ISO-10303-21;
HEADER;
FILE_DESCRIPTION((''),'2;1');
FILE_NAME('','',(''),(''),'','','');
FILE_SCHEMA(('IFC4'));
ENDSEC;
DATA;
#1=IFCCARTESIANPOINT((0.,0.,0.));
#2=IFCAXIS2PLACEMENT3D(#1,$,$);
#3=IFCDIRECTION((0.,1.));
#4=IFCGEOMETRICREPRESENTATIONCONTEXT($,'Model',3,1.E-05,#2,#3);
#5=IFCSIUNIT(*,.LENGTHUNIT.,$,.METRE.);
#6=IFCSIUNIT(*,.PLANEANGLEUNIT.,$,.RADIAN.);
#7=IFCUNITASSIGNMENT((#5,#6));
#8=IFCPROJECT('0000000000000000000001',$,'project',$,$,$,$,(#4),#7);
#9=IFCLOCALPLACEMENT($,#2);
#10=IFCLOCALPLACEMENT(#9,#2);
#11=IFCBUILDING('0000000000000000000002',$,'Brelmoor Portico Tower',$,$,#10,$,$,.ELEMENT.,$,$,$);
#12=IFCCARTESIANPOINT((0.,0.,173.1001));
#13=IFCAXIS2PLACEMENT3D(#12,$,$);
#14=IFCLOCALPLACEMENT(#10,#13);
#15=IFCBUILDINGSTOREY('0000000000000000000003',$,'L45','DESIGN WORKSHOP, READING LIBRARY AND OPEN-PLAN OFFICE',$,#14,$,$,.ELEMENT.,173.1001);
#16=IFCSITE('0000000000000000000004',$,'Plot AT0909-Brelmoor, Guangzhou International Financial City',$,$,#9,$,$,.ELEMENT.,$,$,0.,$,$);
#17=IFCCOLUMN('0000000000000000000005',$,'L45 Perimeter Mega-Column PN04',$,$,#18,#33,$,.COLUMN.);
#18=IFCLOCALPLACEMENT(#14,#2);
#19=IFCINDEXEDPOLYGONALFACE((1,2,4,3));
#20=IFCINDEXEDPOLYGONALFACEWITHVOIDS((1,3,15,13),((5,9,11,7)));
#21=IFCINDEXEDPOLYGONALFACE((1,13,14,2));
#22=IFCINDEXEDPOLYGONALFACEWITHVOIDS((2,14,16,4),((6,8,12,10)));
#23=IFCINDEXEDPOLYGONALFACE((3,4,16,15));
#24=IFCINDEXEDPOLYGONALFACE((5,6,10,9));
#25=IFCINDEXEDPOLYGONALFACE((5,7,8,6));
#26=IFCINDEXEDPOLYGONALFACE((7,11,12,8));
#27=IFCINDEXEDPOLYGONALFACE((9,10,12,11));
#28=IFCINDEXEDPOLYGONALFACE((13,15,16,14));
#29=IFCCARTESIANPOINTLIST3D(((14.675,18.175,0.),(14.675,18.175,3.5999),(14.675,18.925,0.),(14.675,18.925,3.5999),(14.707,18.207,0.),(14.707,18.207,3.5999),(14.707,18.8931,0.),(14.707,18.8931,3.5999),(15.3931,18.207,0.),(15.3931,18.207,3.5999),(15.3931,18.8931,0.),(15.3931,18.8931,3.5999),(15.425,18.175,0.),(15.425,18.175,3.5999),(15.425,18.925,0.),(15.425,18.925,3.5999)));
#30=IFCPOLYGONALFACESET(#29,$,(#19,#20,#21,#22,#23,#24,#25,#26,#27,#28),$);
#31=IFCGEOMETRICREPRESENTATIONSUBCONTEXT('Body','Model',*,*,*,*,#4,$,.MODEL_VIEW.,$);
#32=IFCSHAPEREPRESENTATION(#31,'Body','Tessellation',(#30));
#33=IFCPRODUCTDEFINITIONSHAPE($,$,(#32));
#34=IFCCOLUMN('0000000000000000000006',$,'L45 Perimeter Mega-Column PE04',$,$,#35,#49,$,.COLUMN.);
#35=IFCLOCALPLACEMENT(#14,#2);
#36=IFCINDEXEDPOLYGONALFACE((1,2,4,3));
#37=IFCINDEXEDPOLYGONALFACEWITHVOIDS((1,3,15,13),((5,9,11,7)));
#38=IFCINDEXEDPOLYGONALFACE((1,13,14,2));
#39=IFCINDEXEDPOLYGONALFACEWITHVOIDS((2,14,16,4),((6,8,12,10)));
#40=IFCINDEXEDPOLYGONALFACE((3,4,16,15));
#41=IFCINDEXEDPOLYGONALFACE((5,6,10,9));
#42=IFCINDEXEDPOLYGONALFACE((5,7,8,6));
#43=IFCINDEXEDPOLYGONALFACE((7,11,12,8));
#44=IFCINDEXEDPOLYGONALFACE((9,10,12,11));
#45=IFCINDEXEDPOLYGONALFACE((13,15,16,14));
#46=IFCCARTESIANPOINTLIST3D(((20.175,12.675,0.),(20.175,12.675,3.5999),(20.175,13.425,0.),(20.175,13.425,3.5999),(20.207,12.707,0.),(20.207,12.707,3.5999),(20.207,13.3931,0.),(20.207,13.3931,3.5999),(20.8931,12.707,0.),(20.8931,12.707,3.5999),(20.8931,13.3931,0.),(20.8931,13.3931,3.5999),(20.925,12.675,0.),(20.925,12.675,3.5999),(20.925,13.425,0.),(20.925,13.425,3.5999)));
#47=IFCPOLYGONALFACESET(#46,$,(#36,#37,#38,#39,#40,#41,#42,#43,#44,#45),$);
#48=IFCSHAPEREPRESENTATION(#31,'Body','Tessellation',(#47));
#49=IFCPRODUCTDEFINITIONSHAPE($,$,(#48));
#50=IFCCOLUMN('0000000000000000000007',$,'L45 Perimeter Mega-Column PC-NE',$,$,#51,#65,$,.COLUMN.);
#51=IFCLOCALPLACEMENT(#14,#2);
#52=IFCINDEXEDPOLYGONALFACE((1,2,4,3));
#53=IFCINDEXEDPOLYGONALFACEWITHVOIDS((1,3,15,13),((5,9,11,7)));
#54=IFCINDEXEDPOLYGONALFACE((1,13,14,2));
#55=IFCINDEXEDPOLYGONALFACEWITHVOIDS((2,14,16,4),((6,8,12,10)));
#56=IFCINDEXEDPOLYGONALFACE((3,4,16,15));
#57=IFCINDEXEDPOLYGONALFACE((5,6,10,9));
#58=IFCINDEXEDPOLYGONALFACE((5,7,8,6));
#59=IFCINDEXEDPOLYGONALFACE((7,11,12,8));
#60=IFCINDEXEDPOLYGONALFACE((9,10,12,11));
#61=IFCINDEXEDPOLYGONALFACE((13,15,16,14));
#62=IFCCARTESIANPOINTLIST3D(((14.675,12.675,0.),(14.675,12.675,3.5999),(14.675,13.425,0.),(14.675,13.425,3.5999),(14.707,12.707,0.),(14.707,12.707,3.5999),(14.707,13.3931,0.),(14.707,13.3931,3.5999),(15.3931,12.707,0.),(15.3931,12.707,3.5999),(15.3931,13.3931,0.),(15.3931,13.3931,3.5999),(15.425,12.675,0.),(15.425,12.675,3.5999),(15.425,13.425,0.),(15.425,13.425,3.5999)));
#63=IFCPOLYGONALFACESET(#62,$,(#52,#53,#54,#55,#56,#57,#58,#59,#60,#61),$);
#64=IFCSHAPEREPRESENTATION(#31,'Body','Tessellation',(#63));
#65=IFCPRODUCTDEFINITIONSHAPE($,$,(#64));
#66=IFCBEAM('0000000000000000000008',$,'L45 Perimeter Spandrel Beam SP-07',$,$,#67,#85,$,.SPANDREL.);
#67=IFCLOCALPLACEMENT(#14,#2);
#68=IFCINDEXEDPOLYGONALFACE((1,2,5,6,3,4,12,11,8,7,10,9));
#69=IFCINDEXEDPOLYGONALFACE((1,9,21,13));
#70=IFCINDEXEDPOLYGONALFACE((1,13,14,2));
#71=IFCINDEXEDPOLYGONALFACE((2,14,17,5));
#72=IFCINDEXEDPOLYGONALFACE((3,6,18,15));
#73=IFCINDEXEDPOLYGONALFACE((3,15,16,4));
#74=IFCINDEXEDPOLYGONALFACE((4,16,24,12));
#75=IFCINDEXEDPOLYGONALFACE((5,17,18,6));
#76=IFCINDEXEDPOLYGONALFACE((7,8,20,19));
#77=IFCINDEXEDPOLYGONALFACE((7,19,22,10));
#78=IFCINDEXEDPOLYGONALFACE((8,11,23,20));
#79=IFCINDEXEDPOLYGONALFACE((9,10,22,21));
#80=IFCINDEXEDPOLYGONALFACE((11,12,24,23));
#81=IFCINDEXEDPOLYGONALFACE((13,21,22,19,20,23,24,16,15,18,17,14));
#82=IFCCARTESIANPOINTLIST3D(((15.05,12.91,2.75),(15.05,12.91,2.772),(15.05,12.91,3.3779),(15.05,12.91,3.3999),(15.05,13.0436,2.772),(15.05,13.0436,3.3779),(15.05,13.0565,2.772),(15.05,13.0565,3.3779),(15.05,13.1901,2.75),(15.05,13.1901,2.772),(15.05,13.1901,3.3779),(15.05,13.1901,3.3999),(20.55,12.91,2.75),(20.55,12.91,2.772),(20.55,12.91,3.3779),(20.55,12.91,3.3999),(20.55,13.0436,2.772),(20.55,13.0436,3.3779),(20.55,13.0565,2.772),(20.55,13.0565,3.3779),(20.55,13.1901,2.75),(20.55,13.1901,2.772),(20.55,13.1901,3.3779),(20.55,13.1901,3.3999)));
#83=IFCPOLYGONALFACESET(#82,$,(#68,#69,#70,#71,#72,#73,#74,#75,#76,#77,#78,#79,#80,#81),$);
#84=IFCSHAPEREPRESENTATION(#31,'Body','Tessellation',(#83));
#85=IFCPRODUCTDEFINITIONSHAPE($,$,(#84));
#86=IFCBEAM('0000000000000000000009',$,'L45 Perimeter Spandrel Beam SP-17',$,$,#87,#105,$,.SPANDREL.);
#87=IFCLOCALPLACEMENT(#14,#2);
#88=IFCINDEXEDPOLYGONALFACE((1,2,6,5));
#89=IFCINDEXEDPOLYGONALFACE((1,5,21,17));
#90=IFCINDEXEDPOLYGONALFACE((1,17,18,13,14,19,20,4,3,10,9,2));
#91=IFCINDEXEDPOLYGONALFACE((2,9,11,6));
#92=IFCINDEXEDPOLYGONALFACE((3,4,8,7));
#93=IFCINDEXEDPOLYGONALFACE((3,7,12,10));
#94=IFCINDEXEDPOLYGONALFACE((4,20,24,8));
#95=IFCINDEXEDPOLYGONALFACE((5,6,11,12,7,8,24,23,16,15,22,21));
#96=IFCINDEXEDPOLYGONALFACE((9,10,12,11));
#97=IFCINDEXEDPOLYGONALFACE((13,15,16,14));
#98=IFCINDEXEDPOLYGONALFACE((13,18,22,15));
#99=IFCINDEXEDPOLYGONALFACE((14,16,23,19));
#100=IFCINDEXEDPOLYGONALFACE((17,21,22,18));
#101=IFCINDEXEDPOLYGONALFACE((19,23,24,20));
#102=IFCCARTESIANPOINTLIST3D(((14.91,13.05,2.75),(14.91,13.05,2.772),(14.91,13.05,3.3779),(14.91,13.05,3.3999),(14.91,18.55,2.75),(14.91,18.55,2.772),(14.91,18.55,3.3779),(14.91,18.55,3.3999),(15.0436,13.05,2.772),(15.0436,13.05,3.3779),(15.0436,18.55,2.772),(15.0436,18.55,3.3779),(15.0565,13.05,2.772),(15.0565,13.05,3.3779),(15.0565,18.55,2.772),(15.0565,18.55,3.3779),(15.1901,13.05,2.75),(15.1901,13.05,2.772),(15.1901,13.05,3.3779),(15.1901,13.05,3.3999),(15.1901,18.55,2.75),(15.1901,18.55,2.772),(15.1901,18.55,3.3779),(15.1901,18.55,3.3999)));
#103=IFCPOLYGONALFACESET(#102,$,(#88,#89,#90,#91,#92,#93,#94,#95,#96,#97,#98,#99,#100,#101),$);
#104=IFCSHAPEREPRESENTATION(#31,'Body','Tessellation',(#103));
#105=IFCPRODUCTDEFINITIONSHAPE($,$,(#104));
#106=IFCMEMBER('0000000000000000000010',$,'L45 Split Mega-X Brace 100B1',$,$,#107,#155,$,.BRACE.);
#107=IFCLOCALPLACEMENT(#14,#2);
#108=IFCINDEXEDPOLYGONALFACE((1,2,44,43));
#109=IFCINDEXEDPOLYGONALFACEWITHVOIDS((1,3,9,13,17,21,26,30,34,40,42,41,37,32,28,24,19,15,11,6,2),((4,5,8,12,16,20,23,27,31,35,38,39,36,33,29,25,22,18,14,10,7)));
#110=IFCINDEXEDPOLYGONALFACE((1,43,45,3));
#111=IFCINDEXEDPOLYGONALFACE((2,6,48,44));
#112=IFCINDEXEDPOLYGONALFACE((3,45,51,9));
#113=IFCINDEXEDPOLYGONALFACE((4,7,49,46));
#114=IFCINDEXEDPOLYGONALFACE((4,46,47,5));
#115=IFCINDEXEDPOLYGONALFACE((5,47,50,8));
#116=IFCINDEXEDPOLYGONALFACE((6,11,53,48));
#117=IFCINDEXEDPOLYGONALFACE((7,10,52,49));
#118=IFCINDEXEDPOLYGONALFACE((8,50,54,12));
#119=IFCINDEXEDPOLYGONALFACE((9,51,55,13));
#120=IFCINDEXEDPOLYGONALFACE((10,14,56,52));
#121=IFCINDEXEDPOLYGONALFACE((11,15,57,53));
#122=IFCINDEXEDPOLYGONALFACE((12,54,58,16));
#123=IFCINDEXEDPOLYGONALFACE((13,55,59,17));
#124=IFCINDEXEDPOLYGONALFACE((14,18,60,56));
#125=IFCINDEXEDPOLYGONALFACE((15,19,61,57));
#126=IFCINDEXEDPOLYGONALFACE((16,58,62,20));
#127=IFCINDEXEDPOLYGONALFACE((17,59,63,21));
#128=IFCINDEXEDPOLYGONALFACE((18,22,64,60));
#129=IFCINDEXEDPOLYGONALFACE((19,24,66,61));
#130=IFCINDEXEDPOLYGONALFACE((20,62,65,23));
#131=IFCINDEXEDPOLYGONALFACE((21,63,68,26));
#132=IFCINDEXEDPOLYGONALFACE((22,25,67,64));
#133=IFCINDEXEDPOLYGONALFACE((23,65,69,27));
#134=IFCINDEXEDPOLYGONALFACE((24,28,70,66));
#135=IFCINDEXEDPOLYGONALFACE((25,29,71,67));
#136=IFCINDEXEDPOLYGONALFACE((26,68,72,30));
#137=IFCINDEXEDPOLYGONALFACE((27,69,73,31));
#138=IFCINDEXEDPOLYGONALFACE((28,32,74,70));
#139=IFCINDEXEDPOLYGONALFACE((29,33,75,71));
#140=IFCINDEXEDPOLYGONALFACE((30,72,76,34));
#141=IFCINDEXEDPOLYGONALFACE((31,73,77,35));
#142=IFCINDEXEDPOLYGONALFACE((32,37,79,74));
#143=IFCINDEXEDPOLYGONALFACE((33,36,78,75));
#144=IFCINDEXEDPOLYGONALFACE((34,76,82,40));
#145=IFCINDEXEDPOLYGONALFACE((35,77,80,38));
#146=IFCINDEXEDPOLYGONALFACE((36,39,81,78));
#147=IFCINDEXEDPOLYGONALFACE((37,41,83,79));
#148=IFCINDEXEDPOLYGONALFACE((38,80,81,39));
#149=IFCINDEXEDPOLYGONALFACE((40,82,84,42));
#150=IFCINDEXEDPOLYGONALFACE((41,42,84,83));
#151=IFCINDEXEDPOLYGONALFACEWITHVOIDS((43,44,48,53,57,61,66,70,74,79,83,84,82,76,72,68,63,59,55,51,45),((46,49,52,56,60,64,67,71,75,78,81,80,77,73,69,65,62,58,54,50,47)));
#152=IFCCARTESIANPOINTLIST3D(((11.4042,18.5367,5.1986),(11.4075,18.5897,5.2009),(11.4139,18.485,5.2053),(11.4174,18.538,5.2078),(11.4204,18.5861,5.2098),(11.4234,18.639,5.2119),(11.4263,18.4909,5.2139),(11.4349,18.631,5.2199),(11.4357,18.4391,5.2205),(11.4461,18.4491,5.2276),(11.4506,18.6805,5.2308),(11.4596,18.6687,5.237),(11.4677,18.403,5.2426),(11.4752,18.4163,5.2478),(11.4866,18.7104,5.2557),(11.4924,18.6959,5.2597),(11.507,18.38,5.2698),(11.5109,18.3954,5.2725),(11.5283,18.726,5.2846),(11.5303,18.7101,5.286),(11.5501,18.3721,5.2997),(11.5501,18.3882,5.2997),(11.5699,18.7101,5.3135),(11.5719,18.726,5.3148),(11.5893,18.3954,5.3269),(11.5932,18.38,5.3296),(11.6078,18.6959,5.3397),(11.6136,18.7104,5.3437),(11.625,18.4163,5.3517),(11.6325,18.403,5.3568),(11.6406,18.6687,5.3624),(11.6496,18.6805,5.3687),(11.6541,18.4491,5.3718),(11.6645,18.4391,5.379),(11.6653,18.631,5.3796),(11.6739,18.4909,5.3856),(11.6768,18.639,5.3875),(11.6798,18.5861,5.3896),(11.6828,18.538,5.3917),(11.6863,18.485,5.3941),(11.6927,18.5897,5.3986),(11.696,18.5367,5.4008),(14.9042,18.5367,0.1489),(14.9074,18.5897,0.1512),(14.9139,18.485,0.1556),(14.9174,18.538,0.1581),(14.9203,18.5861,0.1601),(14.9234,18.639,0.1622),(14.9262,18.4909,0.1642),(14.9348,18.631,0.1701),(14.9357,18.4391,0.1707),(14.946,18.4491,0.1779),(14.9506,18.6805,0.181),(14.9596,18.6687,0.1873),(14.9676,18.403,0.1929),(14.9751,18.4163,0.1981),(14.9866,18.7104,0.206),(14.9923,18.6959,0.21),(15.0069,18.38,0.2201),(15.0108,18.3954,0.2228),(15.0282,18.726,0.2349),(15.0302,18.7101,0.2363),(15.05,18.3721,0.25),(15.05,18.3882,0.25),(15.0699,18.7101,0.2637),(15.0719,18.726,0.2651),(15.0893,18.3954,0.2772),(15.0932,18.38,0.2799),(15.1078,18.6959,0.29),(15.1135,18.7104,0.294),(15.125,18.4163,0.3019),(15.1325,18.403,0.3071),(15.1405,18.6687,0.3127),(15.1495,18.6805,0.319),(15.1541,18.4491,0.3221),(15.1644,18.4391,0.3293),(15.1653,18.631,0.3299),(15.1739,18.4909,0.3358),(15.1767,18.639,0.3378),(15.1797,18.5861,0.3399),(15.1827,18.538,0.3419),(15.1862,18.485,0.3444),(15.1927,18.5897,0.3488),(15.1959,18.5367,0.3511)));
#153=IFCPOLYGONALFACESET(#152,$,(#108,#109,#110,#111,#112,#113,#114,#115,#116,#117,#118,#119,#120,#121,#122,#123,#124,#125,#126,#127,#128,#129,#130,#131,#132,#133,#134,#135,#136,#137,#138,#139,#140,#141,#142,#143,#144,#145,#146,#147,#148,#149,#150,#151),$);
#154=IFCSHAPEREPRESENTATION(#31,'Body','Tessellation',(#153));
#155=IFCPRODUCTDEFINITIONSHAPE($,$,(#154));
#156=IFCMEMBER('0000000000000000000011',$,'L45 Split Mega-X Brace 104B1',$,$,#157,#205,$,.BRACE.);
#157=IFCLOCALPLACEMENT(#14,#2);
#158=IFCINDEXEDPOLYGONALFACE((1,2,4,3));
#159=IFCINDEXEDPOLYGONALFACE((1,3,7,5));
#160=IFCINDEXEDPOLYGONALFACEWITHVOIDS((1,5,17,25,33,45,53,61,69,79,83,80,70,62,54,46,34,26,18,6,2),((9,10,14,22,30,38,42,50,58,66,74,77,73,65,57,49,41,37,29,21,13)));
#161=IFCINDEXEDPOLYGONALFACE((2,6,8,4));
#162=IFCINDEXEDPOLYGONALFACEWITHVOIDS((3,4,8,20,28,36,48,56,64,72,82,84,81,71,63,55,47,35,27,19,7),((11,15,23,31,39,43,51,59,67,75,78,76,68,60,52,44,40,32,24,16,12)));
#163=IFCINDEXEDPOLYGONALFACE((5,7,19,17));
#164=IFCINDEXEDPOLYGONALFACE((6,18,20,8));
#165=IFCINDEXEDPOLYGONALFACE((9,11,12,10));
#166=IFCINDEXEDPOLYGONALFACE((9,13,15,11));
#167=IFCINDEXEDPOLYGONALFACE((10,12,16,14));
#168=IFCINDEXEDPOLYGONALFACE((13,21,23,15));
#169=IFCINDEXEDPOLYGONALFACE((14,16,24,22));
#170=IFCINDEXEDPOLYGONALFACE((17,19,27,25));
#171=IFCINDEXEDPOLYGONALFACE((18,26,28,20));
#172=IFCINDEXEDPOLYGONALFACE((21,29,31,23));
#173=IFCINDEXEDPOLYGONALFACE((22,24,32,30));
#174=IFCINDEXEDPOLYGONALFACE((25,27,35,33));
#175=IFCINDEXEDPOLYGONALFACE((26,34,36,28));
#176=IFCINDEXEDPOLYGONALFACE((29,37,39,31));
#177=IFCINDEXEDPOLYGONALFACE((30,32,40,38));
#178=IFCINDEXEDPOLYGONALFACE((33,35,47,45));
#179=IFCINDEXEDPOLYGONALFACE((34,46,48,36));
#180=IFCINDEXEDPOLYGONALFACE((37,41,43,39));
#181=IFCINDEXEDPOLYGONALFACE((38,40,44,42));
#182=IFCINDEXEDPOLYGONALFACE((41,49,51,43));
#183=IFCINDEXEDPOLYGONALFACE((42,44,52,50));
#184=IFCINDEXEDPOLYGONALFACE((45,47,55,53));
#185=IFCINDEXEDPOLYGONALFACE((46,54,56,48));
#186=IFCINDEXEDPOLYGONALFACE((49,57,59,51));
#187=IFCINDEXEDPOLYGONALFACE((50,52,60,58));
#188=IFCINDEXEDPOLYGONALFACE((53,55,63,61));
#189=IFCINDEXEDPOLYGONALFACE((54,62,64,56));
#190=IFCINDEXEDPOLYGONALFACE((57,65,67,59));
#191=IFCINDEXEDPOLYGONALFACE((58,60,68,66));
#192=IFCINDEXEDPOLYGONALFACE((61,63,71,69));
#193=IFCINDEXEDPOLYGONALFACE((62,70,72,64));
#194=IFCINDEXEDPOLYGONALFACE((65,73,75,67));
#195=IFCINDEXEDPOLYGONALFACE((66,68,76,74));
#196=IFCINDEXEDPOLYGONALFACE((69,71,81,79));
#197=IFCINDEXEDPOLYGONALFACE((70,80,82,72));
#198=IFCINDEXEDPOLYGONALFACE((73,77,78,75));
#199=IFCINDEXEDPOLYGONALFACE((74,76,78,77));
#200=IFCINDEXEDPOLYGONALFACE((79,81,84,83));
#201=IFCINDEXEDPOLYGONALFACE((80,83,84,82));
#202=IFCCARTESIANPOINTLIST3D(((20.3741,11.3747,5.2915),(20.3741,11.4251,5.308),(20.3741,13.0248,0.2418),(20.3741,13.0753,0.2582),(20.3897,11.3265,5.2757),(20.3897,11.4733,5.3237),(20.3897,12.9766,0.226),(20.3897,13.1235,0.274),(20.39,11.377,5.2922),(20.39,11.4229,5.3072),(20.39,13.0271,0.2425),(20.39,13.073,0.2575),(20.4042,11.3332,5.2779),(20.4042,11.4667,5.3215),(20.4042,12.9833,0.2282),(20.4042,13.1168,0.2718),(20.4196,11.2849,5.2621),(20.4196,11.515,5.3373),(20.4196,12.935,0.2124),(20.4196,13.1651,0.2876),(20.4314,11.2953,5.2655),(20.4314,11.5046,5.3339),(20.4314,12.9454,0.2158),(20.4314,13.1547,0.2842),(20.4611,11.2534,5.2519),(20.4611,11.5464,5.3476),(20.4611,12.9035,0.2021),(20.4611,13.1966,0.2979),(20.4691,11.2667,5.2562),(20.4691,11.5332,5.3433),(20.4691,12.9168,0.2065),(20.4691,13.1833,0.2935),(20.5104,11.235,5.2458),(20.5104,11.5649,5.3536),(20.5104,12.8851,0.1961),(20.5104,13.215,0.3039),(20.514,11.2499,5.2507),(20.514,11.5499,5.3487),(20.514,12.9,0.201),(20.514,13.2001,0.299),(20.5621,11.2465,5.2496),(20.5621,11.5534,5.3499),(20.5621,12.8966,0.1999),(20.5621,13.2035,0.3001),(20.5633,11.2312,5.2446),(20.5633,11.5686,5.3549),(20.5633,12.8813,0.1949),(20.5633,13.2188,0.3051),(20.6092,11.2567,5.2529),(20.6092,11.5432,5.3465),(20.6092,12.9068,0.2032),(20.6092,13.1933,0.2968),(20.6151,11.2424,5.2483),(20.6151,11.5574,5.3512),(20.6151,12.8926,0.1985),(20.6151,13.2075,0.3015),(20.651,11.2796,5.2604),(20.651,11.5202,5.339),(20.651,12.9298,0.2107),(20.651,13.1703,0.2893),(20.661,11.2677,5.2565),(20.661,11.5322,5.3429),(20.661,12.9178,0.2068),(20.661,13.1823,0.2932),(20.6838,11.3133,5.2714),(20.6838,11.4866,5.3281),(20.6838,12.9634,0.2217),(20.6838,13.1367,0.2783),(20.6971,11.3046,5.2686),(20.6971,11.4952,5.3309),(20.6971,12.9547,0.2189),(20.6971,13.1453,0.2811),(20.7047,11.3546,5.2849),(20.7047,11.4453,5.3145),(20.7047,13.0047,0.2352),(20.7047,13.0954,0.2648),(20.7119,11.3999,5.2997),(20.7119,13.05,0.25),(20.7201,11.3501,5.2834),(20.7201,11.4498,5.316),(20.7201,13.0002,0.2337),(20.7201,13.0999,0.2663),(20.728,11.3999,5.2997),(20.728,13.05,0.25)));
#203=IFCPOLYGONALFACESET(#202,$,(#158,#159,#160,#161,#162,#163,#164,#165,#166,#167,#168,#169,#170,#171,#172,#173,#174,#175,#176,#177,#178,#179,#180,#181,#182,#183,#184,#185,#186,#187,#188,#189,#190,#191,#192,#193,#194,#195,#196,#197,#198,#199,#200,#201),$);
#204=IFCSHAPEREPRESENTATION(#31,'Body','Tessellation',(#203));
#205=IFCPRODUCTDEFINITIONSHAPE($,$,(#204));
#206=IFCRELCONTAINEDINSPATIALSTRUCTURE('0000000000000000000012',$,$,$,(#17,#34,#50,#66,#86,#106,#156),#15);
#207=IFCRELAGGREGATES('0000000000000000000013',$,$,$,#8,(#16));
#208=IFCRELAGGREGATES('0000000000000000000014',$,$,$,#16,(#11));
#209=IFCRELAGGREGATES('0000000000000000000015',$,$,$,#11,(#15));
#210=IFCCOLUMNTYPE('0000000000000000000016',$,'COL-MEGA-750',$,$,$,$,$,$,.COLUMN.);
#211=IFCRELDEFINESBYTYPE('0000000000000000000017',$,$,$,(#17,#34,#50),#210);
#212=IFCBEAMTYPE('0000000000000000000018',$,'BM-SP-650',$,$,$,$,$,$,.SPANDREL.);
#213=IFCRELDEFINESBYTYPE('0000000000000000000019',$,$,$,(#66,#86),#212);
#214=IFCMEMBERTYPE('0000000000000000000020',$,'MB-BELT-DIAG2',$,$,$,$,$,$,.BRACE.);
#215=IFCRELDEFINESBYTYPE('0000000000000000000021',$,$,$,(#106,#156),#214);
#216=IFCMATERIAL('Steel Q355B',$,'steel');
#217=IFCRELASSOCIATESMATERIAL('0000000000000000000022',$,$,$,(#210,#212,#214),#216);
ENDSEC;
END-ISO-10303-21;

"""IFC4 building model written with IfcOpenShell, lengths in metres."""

from ifc_helpers import new_model, si_unit, direction, frame, origin, origin_2d, place, context, subcontext, project, spatial, hollow_rectangle, hollow_circle, i_section, extrude, material, material_profile, profile_set, type_object, element, save


model = new_model("IFC4")

# Units and contexts
model_context = context("Model", 3, precision=1e-05, world=origin(), true_north=direction((0.0, 1.0)))
body_context = subcontext(model_context, "Body", "Model", "MODEL_VIEW")
ifc_project = project(units=[si_unit("LENGTHUNIT", "METRE"), si_unit("PLANEANGLEUNIT", "RADIAN")], contexts=[model_context])

# Site, building, storey
site_placement = place(None, origin())
site = spatial("IfcSite", under=ifc_project, at=site_placement, Name="Plot AT0909-Brelmoor, Guangzhou International Financial City", CompositionType="ELEMENT", RefElevation=0.0)
building_placement = place(site_placement, origin())
building = spatial("IfcBuilding", under=site, at=building_placement, Name="Brelmoor Portico Tower", CompositionType="ELEMENT")
storey_placement = place(building_placement, frame((0.0, 0.0, 173.1001)))
storey = spatial("IfcBuildingStorey", under=building, at=storey_placement, Name="L45", Description="DESIGN WORKSHOP, READING LIBRARY AND OPEN-PLAN OFFICE", CompositionType="ELEMENT", Elevation=173.1001)

# Columns
ifc_material_1 = material(Name="Steel Q355B", Category="steel")
ifc_material_profile_1 = material_profile(ifc_material_1, hollow_rectangle(XDim=0.75, YDim=0.75, WallThickness=0.032, at=origin_2d()), Name="BOX 750x750x32")
ifc_profile_set_1 = profile_set([ifc_material_profile_1], Name="Steel Q355B")
column_type = type_object("IfcColumnType", Name="COL-MEGA-750", PredefinedType="COLUMN", material=ifc_profile_set_1)
for number, where, z_axis, x_axis, name in (
    (1, (15.05, 18.55, 0.0), (0.0, 0.0, 1.0), (1.0, 0.0, 0.0), "L45 Perimeter Mega-Column PN04"),
    (2, (20.55, 13.05, 0.0), (0.0, 0.0, 1.0), (0.0, 1.0, 0.0), "L45 Perimeter Mega-Column PE04"),
    (3, (15.05, 13.05, 0.0), (0.0, 0.0, 1.0), (1.0, 0.0, 0.0), "L45 Perimeter Mega-Column PC-NE"),
):
    element("IfcColumn", number, at=place(storey_placement, frame(where, z_axis=z_axis, x_axis=x_axis)), inside=storey, type_object=column_type, Name=name, PredefinedType="COLUMN", context=body_context, shape_type="SweptSolid", body=[
        extrude(hollow_rectangle(XDim=0.75, YDim=0.75, WallThickness=0.032, at=origin_2d()), origin(), (0.0, 0.0, 1.0), 3.5999),
    ])

# Beams
ifc_material_profile_2 = material_profile(ifc_material_1, i_section(OverallWidth=0.28, OverallDepth=0.6499, WebThickness=0.0129, FlangeThickness=0.022, at=origin_2d()), Name="HN 650x280x13x22")
ifc_profile_set_2 = profile_set([ifc_material_profile_2], Name="Steel Q355B")
beam_type = type_object("IfcBeamType", Name="BM-SP-650", PredefinedType="SPANDREL", material=ifc_profile_set_2)
for number, where, z_axis, x_axis, name in (
    (4, (15.05, 13.05, 3.075), (1.0, 0.0, 0.0), (0.0, 1.0, 0.0), "L45 Perimeter Spandrel Beam SP-07"),
    (5, (15.05, 13.05, 3.075), (0.0, 1.0, 0.0), (-1.0, 0.0, 0.0), "L45 Perimeter Spandrel Beam SP-17"),
):
    element("IfcBeam", number, at=place(storey_placement, frame(where, z_axis=z_axis, x_axis=x_axis)), inside=storey, type_object=beam_type, Name=name, PredefinedType="SPANDREL", context=body_context, shape_type="SweptSolid", body=[
        extrude(i_section(OverallWidth=0.28, OverallDepth=0.6499, WebThickness=0.0129, FlangeThickness=0.022, at=origin_2d()), origin(), (0.0, 0.0, 1.0), 5.5),
    ])

# Members
ifc_material_profile_3 = material_profile(ifc_material_1, hollow_circle(Radius=0.178, WallThickness=0.0161, at=origin_2d()), Name="CHS 356x16")
ifc_profile_set_3 = profile_set([ifc_material_profile_3], Name="Steel Q355B")
member_type_1 = type_object("IfcMemberType", Name="MB-BELT-DIAG2", PredefinedType="BRACE", material=ifc_profile_set_3)
member_1_placement = place(storey_placement, frame((15.05, 18.55, 0.25), z_axis=(-0.569648, 0.0, 0.821889), x_axis=(0.0, -1.0, 0.0)))
element("IfcMember", 6, at=member_1_placement, inside=storey, type_object=member_type_1, Name="L45 Split Mega-X Brace 100B1", PredefinedType="BRACE", context=body_context, shape_type="SweptSolid", body=[
    extrude(hollow_circle(Radius=0.178, WallThickness=0.0161, at=origin_2d()), origin(), (0.0, 0.0, 1.0), 6.144),
])
member_2_placement = place(storey_placement, frame((20.55, 13.05, 0.25), z_axis=(0.0, -0.310611, 0.950537), x_axis=(1.0, 0.0, 0.0)))
element("IfcMember", 7, at=member_2_placement, inside=storey, type_object=member_type_1, Name="L45 Split Mega-X Brace 104B1", PredefinedType="BRACE", context=body_context, shape_type="SweptSolid", body=[
    extrude(hollow_circle(Radius=0.178, WallThickness=0.0161, at=origin_2d()), origin(), (0.0, 0.0, 1.0), 5.3125),
])

save(model, "model.ifc")
